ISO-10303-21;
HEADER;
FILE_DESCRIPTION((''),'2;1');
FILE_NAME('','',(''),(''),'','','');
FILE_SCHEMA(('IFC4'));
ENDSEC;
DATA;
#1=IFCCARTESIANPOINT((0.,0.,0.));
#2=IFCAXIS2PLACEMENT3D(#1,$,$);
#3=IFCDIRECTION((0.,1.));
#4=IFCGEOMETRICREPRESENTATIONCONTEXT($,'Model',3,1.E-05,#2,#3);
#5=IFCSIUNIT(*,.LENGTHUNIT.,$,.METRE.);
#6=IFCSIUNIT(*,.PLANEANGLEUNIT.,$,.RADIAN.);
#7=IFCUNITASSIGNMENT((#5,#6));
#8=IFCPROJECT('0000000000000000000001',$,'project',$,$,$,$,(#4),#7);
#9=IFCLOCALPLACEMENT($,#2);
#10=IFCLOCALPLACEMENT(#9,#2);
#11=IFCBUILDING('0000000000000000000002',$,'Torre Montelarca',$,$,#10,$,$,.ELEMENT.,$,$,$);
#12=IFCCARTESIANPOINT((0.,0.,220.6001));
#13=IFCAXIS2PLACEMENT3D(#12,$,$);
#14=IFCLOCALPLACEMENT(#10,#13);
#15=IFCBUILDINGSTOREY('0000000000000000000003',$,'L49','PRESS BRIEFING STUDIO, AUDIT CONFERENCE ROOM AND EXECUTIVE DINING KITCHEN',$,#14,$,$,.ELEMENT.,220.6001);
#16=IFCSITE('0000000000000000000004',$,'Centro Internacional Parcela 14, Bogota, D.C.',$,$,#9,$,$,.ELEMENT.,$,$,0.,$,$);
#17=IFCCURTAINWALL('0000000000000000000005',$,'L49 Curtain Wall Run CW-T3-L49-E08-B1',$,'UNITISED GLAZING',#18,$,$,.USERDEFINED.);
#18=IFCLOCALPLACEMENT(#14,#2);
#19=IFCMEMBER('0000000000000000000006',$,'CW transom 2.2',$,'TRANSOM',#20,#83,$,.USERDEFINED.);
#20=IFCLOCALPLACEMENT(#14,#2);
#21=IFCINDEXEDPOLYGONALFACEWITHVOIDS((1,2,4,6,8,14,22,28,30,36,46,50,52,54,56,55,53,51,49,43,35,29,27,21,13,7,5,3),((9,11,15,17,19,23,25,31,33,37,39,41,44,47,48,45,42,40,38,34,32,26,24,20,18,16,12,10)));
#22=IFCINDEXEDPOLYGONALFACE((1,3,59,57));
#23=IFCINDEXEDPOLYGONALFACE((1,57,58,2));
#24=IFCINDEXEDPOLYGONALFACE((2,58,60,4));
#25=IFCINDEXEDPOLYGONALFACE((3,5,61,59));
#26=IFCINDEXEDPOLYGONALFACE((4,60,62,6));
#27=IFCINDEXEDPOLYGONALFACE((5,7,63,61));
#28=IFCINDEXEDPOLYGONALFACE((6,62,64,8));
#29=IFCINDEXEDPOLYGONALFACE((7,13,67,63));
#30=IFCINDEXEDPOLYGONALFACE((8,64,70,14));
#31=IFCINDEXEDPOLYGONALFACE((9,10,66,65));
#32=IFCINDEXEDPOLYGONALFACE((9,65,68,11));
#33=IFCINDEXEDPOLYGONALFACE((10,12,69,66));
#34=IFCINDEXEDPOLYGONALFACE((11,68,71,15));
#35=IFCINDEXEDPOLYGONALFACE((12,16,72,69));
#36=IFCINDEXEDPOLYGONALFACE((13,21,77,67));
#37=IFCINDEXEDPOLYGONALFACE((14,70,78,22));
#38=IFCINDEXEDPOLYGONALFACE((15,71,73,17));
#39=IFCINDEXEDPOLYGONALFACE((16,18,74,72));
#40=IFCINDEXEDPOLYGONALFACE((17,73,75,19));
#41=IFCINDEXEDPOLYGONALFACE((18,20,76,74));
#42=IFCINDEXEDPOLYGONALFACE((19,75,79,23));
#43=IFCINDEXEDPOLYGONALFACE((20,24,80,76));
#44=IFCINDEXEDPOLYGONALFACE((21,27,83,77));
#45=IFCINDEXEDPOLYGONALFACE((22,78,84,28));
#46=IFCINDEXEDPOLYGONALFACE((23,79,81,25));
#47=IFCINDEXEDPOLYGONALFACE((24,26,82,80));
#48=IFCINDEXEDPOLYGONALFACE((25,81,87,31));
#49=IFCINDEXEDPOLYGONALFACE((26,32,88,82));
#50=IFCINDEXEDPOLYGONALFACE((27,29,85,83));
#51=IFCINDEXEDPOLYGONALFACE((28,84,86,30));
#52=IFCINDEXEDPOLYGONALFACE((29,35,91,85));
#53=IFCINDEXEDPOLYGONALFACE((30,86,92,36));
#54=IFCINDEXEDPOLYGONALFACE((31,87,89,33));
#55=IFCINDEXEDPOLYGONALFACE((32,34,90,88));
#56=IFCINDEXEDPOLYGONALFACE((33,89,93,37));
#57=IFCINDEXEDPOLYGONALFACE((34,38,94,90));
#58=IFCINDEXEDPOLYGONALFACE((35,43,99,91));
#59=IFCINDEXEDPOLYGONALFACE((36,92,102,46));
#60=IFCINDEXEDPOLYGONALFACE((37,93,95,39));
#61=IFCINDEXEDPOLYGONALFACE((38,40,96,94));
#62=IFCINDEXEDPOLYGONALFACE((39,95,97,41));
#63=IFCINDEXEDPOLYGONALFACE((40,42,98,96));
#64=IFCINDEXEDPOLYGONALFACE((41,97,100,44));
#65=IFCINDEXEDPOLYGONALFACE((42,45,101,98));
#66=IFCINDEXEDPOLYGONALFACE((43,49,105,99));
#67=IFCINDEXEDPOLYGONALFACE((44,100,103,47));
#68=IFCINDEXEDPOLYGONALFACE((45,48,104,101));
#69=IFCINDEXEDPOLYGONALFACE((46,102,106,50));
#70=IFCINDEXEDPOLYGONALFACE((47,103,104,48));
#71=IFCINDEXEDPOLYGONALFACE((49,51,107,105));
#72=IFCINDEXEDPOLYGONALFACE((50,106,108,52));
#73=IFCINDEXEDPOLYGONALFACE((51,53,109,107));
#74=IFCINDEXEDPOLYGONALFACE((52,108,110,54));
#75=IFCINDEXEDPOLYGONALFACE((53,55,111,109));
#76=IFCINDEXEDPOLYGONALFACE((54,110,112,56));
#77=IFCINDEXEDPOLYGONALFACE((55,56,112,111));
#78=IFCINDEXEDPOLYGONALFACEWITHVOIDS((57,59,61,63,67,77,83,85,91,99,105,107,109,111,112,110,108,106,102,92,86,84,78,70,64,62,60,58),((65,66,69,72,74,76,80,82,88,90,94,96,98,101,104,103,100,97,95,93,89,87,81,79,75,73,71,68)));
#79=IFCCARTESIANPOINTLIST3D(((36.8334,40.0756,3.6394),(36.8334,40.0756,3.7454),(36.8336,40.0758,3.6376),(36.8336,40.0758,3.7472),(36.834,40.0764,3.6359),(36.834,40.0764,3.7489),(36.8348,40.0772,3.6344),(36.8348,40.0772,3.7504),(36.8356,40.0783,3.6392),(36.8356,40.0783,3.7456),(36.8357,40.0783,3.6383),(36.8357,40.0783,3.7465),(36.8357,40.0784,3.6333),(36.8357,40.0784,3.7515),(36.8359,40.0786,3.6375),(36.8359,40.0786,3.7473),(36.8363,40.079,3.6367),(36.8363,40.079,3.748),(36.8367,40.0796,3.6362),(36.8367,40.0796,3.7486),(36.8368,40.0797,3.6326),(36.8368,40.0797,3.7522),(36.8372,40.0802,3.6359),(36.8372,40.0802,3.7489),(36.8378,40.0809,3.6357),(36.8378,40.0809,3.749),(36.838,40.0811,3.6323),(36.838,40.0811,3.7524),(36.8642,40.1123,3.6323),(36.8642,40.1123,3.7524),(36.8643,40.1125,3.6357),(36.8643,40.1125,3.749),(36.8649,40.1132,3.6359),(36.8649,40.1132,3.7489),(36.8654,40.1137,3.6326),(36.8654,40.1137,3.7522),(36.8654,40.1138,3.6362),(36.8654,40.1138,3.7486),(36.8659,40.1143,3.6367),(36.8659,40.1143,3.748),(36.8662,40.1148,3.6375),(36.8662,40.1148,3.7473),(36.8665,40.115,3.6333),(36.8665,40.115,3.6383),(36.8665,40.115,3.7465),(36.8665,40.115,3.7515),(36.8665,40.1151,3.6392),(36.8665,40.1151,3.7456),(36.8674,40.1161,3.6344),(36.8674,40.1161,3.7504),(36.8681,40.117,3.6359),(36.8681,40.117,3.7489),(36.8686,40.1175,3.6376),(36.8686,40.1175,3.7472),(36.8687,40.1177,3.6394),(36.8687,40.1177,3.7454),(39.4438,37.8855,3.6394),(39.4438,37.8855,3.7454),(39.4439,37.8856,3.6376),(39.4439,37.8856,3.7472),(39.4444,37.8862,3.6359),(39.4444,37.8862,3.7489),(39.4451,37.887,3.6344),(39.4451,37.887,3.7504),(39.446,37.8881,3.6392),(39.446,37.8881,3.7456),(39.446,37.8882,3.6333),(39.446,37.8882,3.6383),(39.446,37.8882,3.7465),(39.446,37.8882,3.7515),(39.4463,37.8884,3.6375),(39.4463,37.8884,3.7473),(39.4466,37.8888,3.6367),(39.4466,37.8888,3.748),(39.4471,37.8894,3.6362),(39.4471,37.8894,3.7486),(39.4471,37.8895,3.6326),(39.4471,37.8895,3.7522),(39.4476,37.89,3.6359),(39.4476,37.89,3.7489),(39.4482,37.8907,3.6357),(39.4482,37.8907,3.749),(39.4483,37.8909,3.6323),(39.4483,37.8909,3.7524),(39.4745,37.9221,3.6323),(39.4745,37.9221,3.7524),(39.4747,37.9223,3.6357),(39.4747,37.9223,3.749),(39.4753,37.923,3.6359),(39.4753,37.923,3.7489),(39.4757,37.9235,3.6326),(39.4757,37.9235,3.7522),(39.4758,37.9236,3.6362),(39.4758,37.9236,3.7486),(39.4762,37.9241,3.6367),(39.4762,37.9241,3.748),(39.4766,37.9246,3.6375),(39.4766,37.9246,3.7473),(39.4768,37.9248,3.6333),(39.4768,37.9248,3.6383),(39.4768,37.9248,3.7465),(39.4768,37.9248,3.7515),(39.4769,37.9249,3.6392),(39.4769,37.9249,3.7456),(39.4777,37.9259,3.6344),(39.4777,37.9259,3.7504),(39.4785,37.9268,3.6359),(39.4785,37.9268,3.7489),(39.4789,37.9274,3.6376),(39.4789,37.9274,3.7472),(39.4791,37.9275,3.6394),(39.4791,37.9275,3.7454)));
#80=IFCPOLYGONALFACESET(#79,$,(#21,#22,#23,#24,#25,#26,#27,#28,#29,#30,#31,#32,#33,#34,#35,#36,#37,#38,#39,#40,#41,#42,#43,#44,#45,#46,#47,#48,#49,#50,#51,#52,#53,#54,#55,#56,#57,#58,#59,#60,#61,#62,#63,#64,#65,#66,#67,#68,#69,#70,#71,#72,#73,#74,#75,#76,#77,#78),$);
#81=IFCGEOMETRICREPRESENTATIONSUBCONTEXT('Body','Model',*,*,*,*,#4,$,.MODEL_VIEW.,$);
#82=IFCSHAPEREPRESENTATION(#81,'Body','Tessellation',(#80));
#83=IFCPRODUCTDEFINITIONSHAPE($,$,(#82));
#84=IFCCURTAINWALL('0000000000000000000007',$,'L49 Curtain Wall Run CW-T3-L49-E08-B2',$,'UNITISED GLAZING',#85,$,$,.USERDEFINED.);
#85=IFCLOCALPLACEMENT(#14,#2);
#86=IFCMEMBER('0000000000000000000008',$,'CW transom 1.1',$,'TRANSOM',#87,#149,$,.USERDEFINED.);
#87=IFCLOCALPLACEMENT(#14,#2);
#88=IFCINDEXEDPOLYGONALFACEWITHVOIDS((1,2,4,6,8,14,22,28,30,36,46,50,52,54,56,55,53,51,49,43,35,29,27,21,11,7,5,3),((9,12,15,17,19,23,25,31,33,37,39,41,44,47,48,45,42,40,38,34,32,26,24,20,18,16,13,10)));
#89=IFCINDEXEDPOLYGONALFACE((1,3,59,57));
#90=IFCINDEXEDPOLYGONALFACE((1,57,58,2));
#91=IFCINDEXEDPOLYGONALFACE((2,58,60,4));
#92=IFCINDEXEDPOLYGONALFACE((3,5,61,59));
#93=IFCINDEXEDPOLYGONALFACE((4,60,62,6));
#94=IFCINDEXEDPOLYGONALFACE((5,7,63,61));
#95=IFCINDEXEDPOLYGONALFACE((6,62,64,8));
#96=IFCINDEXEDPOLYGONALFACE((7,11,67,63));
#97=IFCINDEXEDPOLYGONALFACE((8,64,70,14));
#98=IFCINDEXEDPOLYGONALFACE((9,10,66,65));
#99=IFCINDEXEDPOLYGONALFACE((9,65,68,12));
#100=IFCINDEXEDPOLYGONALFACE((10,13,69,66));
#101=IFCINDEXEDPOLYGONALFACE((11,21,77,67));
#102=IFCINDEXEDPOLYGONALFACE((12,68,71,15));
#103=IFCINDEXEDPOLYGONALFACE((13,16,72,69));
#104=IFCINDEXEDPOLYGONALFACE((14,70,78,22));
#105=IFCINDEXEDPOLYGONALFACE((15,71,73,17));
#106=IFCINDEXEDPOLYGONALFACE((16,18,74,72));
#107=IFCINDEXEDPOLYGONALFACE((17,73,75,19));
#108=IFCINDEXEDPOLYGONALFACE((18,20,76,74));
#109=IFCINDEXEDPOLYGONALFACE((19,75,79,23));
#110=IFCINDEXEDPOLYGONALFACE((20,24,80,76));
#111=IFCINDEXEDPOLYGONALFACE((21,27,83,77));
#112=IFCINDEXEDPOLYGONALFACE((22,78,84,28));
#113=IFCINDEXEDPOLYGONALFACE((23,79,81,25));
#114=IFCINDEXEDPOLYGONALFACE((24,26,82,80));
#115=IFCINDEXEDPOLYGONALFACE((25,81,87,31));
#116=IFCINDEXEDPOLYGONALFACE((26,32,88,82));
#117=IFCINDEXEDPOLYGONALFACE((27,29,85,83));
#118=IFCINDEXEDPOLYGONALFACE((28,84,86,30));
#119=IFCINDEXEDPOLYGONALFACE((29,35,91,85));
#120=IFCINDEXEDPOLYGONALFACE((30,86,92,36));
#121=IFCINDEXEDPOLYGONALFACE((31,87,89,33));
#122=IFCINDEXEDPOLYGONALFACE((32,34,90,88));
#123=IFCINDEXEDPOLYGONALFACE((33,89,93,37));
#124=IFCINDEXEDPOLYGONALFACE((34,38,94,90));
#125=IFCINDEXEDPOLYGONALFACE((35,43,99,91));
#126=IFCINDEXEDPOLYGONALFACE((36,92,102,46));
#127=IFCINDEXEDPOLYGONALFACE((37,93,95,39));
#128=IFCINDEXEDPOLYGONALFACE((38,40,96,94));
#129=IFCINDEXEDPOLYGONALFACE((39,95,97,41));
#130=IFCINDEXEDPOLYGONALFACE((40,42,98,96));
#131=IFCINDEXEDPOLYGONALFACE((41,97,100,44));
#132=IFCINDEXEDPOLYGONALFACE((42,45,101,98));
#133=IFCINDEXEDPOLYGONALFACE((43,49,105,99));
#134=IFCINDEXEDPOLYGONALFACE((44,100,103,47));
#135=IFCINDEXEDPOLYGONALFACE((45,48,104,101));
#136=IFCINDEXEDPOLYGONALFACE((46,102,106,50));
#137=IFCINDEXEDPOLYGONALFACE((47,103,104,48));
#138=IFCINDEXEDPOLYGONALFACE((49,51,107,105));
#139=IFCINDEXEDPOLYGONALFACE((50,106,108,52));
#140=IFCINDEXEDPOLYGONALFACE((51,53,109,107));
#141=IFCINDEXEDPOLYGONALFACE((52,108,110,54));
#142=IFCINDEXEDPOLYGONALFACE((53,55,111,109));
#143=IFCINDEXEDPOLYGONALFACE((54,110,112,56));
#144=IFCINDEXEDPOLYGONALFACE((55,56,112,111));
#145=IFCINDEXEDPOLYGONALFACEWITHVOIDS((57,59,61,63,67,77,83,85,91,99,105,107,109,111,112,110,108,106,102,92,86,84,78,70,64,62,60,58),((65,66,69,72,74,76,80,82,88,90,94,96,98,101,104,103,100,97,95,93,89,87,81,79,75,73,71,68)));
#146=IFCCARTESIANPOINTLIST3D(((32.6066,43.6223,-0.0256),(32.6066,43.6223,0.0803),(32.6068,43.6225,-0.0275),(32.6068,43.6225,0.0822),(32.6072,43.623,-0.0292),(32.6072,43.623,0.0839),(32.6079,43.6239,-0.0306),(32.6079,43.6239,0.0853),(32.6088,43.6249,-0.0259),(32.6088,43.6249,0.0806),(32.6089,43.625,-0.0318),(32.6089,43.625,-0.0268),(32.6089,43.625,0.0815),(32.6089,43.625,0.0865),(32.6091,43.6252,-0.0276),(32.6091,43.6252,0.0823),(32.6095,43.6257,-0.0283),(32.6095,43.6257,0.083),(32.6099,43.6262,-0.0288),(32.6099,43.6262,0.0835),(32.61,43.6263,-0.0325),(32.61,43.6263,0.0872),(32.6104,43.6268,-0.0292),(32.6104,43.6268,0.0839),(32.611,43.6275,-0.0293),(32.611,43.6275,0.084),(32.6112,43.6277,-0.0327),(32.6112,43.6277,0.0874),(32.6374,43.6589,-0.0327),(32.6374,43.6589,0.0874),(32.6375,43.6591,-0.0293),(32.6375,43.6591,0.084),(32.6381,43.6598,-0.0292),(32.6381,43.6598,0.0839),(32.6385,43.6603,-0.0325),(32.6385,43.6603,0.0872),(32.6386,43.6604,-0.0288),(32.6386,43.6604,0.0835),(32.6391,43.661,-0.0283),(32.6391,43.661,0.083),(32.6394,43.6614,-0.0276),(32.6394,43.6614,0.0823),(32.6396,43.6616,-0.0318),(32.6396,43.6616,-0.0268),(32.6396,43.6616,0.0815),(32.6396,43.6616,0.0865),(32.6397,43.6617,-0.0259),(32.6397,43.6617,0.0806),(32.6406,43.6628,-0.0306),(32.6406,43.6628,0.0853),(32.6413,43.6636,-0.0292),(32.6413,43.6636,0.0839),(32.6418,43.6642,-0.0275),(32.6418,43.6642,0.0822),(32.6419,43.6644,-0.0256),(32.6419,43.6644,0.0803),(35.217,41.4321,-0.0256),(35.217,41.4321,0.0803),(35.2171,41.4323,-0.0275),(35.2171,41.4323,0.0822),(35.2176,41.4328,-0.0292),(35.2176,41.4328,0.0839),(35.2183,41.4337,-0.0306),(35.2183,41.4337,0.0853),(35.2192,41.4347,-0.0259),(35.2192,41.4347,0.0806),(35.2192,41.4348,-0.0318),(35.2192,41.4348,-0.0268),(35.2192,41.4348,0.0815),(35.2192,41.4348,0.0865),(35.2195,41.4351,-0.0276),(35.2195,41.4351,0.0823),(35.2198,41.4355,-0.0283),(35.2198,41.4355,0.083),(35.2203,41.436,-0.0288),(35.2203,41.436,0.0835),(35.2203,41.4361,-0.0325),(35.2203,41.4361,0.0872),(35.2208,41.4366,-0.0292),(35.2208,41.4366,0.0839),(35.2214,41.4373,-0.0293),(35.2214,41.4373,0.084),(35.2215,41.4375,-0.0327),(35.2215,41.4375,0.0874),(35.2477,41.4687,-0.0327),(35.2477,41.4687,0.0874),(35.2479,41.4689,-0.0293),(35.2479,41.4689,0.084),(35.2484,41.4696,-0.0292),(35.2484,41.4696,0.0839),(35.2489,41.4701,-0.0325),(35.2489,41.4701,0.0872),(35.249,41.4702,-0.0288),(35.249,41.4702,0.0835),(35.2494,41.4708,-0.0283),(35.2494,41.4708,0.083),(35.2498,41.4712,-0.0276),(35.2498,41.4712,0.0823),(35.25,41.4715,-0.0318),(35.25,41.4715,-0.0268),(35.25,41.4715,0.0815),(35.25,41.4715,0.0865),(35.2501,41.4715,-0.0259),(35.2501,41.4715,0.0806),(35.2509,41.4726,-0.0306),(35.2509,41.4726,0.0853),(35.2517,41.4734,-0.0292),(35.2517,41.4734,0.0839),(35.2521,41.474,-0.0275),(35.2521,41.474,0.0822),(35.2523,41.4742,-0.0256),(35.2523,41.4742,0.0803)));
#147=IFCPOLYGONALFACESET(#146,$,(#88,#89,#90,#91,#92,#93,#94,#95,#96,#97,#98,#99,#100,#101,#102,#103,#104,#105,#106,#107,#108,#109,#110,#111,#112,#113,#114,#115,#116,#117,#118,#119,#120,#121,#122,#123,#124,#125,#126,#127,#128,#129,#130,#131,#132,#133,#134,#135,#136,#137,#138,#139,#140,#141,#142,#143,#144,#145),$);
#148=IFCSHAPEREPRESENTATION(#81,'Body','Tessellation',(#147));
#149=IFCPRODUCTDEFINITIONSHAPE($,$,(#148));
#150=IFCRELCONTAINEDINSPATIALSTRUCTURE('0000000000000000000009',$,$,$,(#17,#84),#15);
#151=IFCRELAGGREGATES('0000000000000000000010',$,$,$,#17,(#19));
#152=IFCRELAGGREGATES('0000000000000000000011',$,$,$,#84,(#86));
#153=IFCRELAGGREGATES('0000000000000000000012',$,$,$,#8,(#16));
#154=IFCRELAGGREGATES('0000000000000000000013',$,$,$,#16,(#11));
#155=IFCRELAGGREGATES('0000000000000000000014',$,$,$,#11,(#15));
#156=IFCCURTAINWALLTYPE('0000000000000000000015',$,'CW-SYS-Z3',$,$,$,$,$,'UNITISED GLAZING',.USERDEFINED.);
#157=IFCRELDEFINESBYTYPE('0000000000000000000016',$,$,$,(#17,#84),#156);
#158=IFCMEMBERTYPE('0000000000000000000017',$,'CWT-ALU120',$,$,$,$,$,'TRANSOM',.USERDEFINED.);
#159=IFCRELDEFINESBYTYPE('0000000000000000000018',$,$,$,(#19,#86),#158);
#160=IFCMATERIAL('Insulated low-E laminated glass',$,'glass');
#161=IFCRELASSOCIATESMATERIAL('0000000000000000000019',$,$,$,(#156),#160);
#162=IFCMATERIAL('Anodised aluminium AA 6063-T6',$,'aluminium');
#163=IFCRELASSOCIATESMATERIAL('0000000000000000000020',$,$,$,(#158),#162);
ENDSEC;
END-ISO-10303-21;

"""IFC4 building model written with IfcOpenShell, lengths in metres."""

from ifc_helpers import new_model, si_unit, direction, frame, origin, origin_2d, place, context, subcontext, project, spatial, hollow_rectangle, extrude, source, transform, mapped, material, material_profile, profile_set, type_object, element, aggregate, save


model = new_model("IFC4")

# Units and contexts
model_context = context("Model", 3, precision=1e-05, world=origin(), true_north=direction((0.0, 1.0)))
body_context = subcontext(model_context, "Body", "Model", "MODEL_VIEW")
ifc_project = project(units=[si_unit("LENGTHUNIT", "METRE"), si_unit("PLANEANGLEUNIT", "RADIAN")], contexts=[model_context])

# Site, building, storey
site_placement = place(None, origin())
site = spatial("IfcSite", under=ifc_project, at=site_placement, Name="Centro Internacional Parcela 14, Bogota, D.C.", CompositionType="ELEMENT", RefElevation=0.0)
building_placement = place(site_placement, origin())
building = spatial("IfcBuilding", under=site, at=building_placement, Name="Torre Montelarca", CompositionType="ELEMENT")
storey_placement = place(building_placement, frame((0.0, 0.0, 220.6001)))
storey = spatial("IfcBuildingStorey", under=building, at=storey_placement, Name="L49", Description="PRESS BRIEFING STUDIO, AUDIT CONFERENCE ROOM AND EXECUTIVE DINING KITCHEN", CompositionType="ELEMENT", Elevation=220.6001)

# Curtain wall
ifc_material_1 = material(Name="Insulated low-E laminated glass", Category="glass")
curtain_wall_type = type_object("IfcCurtainWallType", Name="CW-SYS-Z3", ElementType="UNITISED GLAZING", PredefinedType="USERDEFINED", material=ifc_material_1)
curtain_wall_1_placement = place(storey_placement, origin())
curtain_wall_1 = element("IfcCurtainWall", 1, at=curtain_wall_1_placement, inside=storey, type_object=curtain_wall_type, Name="L49 Curtain Wall Run CW-T3-L49-E08-B1", ObjectType="UNITISED GLAZING", PredefinedType="USERDEFINED")
ifc_material_2 = material(Name="Anodised aluminium AA 6063-T6", Category="aluminium")
ifc_material_profile_1 = material_profile(ifc_material_2, hollow_rectangle(XDim=0.0549, YDim=0.1201, WallThickness=0.0034, InnerFilletRadius=0.0034, OuterFilletRadius=0.0071, at=origin_2d()), Name="ALU55X120X3.5", Category="aluminium")
ifc_profile_set_1 = profile_set([ifc_material_profile_1], Name="Anodised aluminium AA 6063-T6")
member_type_1 = type_object("IfcMemberType", Name="CWT-ALU120", ElementType="TRANSOM", PredefinedType="USERDEFINED", material=ifc_profile_set_1)

# Member
shared_shape_1 = source(origin(), body_context, "Body", "SweptSolid", [
    extrude(hollow_rectangle(XDim=0.0549, YDim=0.1201, WallThickness=0.0034, InnerFilletRadius=0.0034, OuterFilletRadius=0.0071, at=origin_2d()), origin(), (0.0, 0.0, 1.0), 3.4075),
])
member_1_placement = place(storey_placement, frame((39.4614, 37.9065, 3.6924), z_axis=(-0.766067, 0.64276, 0.0), x_axis=(-0.64276, -0.766067, 0.0)))
member_1 = element("IfcMember", 2, at=member_1_placement, type_object=member_type_1, Name="CW transom 2.2", ObjectType="TRANSOM", PredefinedType="USERDEFINED", context=body_context, shape_type="MappedRepresentation", body=[
    mapped(shared_shape_1, transform((0.0, 0.0, 0.0), scale=1.0)),
])

# Curtain wall, member
curtain_wall_2_placement = place(storey_placement, origin())
curtain_wall_2 = element("IfcCurtainWall", 3, at=curtain_wall_2_placement, inside=storey, type_object=curtain_wall_type, Name="L49 Curtain Wall Run CW-T3-L49-E08-B2", ObjectType="UNITISED GLAZING", PredefinedType="USERDEFINED")
member_2_placement = place(storey_placement, frame((35.2346, 41.4531, 0.0273), z_axis=(-0.766067, 0.64276, 0.0), x_axis=(-0.64276, -0.766067, 0.0)))
member_2 = element("IfcMember", 4, at=member_2_placement, type_object=member_type_1, Name="CW transom 1.1", ObjectType="TRANSOM", PredefinedType="USERDEFINED", context=body_context, shape_type="MappedRepresentation", body=[
    mapped(shared_shape_1, transform((0.0, 0.0, 0.0), scale=1.0)),
])

aggregate(curtain_wall_1, [member_1])
aggregate(curtain_wall_2, [member_2])

save(model, "model.ifc")
